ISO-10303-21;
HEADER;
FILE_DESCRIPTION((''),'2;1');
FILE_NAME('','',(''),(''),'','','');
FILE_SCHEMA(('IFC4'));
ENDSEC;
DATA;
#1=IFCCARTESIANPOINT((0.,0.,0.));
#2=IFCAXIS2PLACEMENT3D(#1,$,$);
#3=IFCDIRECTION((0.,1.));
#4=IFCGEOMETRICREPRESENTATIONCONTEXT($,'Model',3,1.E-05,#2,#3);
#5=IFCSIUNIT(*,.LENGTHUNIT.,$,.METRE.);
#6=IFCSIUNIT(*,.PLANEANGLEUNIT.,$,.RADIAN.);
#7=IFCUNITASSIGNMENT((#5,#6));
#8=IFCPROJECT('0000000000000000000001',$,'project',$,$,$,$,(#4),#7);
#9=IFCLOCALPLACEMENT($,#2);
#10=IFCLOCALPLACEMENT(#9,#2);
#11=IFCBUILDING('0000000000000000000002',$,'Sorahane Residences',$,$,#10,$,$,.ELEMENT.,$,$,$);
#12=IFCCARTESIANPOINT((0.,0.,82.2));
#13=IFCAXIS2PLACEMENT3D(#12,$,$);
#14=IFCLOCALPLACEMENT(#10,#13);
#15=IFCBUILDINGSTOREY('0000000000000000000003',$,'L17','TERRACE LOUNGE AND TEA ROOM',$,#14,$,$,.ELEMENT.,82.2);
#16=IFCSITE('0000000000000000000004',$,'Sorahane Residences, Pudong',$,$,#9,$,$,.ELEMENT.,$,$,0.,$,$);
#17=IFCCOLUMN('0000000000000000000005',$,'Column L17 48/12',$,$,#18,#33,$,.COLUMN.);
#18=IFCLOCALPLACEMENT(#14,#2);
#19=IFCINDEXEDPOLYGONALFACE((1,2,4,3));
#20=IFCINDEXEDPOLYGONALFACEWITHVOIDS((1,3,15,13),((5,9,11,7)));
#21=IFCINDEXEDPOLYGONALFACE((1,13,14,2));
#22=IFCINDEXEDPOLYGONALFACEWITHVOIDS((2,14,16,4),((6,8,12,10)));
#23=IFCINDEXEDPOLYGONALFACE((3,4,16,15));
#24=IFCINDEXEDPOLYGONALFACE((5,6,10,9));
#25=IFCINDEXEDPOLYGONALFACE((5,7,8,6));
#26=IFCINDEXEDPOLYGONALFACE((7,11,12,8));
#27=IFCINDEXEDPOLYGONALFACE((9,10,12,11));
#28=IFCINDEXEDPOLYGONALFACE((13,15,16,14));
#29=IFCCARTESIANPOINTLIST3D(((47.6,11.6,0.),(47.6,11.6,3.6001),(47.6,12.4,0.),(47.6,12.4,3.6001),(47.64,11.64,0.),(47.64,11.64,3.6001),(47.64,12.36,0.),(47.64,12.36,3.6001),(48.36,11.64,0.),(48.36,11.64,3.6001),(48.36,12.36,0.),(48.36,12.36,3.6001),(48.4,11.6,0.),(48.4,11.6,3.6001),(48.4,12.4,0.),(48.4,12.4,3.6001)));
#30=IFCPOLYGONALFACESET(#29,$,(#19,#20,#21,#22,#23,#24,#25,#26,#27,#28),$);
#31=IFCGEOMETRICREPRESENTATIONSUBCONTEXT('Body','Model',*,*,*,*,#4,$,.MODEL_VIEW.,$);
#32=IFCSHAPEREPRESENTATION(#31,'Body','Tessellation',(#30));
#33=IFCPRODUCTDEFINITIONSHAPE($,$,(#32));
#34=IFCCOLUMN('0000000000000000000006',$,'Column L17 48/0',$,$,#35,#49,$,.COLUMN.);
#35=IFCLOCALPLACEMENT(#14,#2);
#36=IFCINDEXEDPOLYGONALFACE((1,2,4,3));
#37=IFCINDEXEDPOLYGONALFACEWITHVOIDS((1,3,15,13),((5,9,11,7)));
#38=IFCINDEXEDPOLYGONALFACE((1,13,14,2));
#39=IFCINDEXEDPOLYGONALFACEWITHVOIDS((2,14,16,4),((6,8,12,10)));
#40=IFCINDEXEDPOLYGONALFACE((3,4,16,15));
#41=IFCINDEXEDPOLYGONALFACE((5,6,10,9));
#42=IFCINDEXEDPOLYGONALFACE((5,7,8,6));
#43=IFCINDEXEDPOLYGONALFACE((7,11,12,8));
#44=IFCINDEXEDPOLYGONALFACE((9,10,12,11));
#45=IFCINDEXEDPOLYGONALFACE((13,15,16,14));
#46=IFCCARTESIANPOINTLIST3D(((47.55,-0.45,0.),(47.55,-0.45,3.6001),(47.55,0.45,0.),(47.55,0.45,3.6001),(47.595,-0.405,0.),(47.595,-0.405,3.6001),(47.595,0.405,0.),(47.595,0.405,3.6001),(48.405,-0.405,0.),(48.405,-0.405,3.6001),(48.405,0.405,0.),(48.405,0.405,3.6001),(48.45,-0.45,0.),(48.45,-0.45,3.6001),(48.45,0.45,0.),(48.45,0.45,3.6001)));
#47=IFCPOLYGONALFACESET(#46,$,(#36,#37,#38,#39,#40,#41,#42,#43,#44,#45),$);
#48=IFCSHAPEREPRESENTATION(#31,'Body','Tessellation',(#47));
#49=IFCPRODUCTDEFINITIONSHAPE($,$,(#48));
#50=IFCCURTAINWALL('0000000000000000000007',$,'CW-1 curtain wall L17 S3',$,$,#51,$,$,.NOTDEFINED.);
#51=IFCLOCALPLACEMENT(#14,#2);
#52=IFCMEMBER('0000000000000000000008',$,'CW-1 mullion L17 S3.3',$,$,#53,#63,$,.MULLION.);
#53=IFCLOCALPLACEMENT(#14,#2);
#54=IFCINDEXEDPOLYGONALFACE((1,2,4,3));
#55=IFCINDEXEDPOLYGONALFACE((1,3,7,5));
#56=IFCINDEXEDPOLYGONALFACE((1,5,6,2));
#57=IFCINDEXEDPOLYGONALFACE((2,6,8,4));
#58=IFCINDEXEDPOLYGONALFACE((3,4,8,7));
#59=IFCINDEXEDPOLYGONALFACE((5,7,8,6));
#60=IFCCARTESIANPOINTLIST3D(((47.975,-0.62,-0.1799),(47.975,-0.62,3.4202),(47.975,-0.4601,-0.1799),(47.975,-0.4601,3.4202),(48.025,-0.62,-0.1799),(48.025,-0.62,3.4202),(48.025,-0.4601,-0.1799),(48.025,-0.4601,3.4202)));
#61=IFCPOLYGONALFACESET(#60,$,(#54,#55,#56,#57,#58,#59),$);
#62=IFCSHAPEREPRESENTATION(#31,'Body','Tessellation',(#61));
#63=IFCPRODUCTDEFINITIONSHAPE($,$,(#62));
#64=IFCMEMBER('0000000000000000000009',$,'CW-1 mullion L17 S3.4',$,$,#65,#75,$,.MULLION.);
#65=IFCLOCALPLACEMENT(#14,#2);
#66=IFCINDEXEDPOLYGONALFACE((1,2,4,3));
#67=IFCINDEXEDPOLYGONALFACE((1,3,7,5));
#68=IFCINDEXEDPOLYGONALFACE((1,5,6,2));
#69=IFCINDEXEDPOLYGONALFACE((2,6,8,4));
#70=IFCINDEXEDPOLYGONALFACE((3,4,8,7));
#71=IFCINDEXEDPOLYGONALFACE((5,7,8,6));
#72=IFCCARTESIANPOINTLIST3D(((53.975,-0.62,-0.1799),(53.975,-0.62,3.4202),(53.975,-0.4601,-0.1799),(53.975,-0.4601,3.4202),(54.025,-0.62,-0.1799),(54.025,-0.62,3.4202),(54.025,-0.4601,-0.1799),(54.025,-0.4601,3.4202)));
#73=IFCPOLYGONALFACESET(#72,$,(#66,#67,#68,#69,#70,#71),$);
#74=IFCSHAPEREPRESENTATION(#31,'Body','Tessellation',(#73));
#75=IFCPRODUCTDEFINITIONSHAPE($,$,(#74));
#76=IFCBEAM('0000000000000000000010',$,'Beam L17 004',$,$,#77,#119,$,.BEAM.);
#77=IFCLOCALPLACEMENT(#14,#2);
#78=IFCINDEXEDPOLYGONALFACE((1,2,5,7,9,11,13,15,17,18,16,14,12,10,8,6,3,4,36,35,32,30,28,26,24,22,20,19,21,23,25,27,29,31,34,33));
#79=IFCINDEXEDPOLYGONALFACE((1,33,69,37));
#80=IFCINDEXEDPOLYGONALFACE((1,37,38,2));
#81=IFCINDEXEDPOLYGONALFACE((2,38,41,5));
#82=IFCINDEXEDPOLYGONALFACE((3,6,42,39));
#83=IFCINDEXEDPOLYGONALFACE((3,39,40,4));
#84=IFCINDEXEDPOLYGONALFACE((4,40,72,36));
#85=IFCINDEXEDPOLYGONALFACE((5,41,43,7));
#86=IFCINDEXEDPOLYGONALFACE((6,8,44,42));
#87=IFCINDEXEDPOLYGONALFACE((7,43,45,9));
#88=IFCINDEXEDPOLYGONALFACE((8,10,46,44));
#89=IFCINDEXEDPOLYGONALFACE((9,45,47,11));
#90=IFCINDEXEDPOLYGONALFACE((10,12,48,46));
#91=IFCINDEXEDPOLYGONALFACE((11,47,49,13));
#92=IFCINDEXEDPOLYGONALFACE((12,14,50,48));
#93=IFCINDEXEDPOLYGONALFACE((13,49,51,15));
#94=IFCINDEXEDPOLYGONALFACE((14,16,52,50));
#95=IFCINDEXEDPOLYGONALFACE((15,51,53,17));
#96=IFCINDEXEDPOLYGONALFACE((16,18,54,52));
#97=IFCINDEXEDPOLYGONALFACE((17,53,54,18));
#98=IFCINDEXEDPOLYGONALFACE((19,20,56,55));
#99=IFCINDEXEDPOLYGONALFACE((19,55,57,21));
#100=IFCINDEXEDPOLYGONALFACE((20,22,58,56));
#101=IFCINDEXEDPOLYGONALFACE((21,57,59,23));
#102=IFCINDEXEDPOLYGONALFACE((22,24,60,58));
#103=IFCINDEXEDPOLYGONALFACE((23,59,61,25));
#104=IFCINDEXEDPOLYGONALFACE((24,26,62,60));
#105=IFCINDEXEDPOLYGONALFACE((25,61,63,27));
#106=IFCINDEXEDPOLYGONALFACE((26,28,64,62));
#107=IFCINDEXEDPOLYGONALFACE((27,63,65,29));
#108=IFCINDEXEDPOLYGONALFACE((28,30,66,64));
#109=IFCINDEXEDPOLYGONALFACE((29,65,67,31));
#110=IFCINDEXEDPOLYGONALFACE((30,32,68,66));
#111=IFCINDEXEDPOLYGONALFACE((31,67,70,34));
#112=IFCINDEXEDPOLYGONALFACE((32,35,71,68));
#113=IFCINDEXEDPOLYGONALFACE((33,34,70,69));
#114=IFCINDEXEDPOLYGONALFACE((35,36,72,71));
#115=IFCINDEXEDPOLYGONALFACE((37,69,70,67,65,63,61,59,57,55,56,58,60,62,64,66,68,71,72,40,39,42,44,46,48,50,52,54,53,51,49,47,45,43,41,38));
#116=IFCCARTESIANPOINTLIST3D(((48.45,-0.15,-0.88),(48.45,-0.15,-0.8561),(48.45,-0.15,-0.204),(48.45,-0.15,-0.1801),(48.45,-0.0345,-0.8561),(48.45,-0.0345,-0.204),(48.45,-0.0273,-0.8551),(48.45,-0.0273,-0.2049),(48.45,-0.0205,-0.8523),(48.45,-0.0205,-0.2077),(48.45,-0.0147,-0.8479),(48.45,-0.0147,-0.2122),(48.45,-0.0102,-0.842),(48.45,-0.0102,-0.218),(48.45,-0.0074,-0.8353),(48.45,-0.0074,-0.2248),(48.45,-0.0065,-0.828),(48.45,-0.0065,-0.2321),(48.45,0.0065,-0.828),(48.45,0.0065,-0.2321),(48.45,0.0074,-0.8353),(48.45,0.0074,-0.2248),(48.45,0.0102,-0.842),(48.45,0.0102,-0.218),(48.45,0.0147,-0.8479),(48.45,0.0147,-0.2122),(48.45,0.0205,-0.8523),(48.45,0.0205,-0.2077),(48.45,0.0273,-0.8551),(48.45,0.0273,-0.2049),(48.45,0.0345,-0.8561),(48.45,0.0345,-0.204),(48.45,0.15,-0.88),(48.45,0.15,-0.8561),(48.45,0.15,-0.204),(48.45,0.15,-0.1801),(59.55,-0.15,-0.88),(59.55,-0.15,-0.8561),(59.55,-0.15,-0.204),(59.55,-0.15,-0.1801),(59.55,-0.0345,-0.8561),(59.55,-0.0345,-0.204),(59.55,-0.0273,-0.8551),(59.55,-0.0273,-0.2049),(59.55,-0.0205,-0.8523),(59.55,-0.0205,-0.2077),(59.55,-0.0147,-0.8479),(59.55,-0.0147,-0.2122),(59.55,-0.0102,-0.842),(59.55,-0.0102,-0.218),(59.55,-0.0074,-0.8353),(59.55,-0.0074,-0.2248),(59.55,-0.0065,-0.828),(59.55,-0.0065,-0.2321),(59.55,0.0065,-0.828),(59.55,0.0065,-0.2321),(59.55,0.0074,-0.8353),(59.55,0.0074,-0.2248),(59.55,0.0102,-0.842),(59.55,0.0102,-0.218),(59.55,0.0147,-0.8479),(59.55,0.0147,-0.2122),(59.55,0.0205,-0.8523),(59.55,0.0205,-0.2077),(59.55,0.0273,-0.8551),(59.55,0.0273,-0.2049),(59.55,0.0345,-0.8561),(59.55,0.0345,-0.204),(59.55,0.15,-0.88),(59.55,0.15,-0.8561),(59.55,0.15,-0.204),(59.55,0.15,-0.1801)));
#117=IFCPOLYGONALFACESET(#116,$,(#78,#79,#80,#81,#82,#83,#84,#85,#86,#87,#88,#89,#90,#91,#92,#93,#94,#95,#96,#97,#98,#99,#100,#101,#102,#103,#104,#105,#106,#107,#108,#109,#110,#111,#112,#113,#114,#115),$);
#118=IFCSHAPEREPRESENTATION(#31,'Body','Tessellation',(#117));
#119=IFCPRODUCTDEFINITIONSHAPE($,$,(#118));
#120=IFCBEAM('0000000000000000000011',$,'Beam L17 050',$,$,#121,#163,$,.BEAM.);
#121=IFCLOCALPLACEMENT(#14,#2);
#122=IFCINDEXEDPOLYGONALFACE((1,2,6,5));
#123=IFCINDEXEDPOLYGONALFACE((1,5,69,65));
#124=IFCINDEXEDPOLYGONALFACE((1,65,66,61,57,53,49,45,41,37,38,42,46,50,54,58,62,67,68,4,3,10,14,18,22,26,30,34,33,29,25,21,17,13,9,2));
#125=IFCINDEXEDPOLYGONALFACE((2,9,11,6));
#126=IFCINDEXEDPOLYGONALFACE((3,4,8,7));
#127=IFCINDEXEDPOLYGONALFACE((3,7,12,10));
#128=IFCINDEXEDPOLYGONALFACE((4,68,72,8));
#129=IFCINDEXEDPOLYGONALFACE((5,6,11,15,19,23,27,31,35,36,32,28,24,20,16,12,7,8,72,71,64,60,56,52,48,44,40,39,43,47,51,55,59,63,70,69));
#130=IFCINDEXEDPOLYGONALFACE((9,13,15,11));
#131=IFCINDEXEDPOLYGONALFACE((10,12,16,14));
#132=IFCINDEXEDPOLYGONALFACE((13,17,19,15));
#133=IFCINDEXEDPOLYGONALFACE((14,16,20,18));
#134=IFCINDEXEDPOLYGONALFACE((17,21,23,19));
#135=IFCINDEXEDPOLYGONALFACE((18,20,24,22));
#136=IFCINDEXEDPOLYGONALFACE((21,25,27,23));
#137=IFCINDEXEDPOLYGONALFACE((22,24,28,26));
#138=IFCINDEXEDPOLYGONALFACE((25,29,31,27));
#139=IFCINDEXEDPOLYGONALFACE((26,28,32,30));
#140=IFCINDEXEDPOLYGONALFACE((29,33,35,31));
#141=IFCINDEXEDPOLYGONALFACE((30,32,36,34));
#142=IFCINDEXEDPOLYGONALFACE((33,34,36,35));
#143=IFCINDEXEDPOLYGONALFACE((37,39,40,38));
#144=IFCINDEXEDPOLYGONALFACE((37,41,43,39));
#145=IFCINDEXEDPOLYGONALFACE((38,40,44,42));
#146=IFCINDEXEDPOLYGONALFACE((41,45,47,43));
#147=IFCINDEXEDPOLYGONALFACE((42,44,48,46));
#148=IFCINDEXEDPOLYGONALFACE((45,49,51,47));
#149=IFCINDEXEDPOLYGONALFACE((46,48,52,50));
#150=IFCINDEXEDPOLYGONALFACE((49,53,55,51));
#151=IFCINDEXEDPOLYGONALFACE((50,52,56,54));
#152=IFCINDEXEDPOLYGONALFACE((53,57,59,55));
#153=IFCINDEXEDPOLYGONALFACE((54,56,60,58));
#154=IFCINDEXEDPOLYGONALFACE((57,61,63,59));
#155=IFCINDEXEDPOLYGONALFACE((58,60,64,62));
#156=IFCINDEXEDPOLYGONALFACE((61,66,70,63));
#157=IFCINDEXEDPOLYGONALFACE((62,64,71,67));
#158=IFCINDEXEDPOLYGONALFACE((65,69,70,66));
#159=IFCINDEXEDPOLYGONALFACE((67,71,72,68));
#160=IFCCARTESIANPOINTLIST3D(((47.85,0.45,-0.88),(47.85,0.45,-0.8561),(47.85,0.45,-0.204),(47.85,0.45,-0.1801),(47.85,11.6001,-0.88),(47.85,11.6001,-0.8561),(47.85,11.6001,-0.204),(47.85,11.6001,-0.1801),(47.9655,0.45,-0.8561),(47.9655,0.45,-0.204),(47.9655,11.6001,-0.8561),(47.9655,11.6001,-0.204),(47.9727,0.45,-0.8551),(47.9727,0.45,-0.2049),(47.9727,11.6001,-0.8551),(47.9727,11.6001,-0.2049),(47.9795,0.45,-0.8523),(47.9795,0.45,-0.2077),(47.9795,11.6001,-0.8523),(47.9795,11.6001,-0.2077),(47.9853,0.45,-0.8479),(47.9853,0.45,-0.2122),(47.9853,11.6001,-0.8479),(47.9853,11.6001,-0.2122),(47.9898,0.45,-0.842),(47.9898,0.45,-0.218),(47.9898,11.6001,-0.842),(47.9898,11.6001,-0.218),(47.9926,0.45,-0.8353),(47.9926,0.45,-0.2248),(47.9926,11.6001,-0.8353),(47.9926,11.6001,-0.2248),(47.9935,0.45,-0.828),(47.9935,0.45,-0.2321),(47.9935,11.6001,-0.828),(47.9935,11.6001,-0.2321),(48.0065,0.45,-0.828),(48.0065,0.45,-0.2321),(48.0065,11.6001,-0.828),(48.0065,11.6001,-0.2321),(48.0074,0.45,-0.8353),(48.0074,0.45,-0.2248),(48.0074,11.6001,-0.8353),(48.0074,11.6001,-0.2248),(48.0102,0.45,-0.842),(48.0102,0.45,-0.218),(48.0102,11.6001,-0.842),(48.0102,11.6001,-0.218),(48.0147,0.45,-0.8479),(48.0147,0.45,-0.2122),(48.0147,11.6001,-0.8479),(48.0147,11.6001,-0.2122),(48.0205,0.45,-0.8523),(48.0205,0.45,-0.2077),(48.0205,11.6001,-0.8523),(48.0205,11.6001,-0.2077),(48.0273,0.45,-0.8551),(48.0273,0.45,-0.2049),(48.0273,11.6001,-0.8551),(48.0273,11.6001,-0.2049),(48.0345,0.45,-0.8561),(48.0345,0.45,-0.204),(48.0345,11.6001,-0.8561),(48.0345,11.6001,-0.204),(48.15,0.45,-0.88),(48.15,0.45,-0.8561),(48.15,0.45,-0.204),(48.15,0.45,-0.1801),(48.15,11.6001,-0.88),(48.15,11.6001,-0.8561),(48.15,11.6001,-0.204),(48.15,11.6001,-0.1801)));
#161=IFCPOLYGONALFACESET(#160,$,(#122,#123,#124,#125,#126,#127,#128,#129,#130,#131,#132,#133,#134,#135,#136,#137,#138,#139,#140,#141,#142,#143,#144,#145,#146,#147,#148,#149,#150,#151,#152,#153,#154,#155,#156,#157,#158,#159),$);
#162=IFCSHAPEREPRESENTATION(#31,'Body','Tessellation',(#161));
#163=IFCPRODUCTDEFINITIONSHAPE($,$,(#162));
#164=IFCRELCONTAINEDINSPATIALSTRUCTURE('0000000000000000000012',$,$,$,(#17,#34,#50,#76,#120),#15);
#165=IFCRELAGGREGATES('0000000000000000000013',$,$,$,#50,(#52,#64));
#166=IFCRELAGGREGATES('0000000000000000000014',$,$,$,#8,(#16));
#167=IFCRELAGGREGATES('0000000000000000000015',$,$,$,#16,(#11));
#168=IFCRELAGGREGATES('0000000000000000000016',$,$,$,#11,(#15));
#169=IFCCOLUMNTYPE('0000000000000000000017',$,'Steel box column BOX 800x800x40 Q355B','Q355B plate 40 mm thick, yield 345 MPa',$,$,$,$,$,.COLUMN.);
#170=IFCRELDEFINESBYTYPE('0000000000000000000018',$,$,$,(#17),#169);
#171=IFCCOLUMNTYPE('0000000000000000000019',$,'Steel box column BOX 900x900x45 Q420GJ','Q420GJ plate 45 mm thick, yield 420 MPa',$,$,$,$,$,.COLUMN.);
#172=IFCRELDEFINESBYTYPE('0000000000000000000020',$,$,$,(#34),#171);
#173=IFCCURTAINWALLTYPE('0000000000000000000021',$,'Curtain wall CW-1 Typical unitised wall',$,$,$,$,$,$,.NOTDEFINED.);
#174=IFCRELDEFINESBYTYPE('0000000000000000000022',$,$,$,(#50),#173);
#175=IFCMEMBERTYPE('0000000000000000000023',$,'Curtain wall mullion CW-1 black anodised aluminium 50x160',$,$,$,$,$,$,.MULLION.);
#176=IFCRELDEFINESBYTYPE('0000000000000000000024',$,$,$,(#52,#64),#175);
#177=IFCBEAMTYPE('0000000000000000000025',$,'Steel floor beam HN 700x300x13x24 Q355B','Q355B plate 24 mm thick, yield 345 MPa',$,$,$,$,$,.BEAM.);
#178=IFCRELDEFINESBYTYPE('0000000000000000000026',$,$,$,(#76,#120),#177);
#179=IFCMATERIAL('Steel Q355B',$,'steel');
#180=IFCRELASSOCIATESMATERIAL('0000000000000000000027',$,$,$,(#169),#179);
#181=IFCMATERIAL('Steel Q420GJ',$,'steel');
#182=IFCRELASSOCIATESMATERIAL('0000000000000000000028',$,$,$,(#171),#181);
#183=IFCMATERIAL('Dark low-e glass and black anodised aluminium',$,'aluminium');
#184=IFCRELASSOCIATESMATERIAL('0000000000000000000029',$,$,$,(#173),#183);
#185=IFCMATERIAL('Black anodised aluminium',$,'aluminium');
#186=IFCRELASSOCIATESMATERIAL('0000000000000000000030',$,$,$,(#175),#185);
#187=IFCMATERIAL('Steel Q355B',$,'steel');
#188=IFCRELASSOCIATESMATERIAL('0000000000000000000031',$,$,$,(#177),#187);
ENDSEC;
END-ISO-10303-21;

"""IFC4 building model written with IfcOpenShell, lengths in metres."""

from ifc_helpers import new_model, si_unit, direction, frame, origin, origin_2d, place, context, subcontext, project, spatial, rectangle, hollow_rectangle, i_section, extrude, material, material_profile, profile_set, type_object, element, aggregate, save


model = new_model("IFC4")

# Units and contexts
model_context = context("Model", 3, precision=1e-05, world=origin(), true_north=direction((0.0, 1.0)))
body_context = subcontext(model_context, "Body", "Model", "MODEL_VIEW")
ifc_project = project(units=[si_unit("LENGTHUNIT", "METRE"), si_unit("PLANEANGLEUNIT", "RADIAN")], contexts=[model_context])

# Site, building, storey
site_placement = place(None, origin())
site = spatial("IfcSite", under=ifc_project, at=site_placement, Name="Sorahane Residences, Pudong", CompositionType="ELEMENT", RefElevation=0.0)
building_placement = place(site_placement, origin())
building = spatial("IfcBuilding", under=site, at=building_placement, Name="Sorahane Residences", CompositionType="ELEMENT")
storey_placement = place(building_placement, frame((0.0, 0.0, 82.2)))
storey = spatial("IfcBuildingStorey", under=building, at=storey_placement, Name="L17", Description="TERRACE LOUNGE AND TEA ROOM", CompositionType="ELEMENT", Elevation=82.2)

# Columns
ifc_material_1 = material(Name="Steel Q355B", Category="steel")
ifc_material_profile_1 = material_profile(ifc_material_1, hollow_rectangle(XDim=0.8, YDim=0.8, WallThickness=0.04, at=origin_2d()), Name="BOX 800x800x40")
ifc_profile_set_1 = profile_set([ifc_material_profile_1], Name="Steel Q355B")
column_type_1 = type_object("IfcColumnType", Name="Steel box column BOX 800x800x40 Q355B", Description="Q355B plate 40 mm thick, yield 345 MPa", PredefinedType="COLUMN", material=ifc_profile_set_1)
column_1_placement = place(storey_placement, frame((48.0, 12.0, 0.0), z_axis=(0.0, 0.0, 1.0), x_axis=(1.0, 0.0, 0.0)))
element("IfcColumn", 1, at=column_1_placement, inside=storey, type_object=column_type_1, Name="Column L17 48/12", PredefinedType="COLUMN", context=body_context, shape_type="SweptSolid", body=[
    extrude(hollow_rectangle(XDim=0.8, YDim=0.8, WallThickness=0.04, at=origin_2d()), origin(), (0.0, 0.0, 1.0), 3.6001),
])
ifc_material_2 = material(Name="Steel Q420GJ", Category="steel")
ifc_material_profile_2 = material_profile(ifc_material_2, hollow_rectangle(XDim=0.8999, YDim=0.8999, WallThickness=0.0449, at=origin_2d()), Name="BOX 900x900x45")
ifc_profile_set_2 = profile_set([ifc_material_profile_2], Name="Steel Q420GJ")
column_type_2 = type_object("IfcColumnType", Name="Steel box column BOX 900x900x45 Q420GJ", Description="Q420GJ plate 45 mm thick, yield 420 MPa", PredefinedType="COLUMN", material=ifc_profile_set_2)
column_2_placement = place(storey_placement, frame((48.0, 0.0, 0.0), z_axis=(0.0, 0.0, 1.0), x_axis=(1.0, 0.0, 0.0)))
element("IfcColumn", 2, at=column_2_placement, inside=storey, type_object=column_type_2, Name="Column L17 48/0", PredefinedType="COLUMN", context=body_context, shape_type="SweptSolid", body=[
    extrude(hollow_rectangle(XDim=0.8999, YDim=0.8999, WallThickness=0.0449, at=origin_2d()), origin(), (0.0, 0.0, 1.0), 3.6001),
])

# Curtain wall, members
ifc_material_3 = material(Name="Dark low-e glass and black anodised aluminium", Category="aluminium")
curtain_wall_type = type_object("IfcCurtainWallType", Name="Curtain wall CW-1 Typical unitised wall", PredefinedType="NOTDEFINED", material=ifc_material_3)
curtain_wall_placement = place(storey_placement, origin())
curtain_wall = element("IfcCurtainWall", 3, at=curtain_wall_placement, inside=storey, type_object=curtain_wall_type, Name="CW-1 curtain wall L17 S3", PredefinedType="NOTDEFINED")
ifc_material_4 = material(Name="Black anodised aluminium", Category="aluminium")
ifc_material_profile_3 = material_profile(ifc_material_4, rectangle(XDim=0.1599, YDim=0.05, at=origin_2d()), Name="Curtain wall mullion CW-1 black anodised aluminium 50x160")
ifc_profile_set_3 = profile_set([ifc_material_profile_3], Name="Black anodised aluminium")
member_type = type_object("IfcMemberType", Name="Curtain wall mullion CW-1 black anodised aluminium 50x160", PredefinedType="MULLION", material=ifc_profile_set_3)
member_1_placement = place(storey_placement, frame((48.0, -0.54, -0.1799), z_axis=(0.0, 0.0, 1.0), x_axis=(0.0, -1.0, 0.0)))
member_1 = element("IfcMember", 4, at=member_1_placement, type_object=member_type, Name="CW-1 mullion L17 S3.3", PredefinedType="MULLION", context=body_context, shape_type="SweptSolid", body=[
    extrude(rectangle(XDim=0.1599, YDim=0.05, at=origin_2d()), origin(), (0.0, 0.0, 1.0), 3.6001),
])
member_2_placement = place(storey_placement, frame((54.0, -0.54, -0.1799), z_axis=(0.0, 0.0, 1.0), x_axis=(0.0, -1.0, 0.0)))
member_2 = element("IfcMember", 5, at=member_2_placement, type_object=member_type, Name="CW-1 mullion L17 S3.4", PredefinedType="MULLION", context=body_context, shape_type="SweptSolid", body=[
    extrude(rectangle(XDim=0.1599, YDim=0.05, at=origin_2d()), origin(), (0.0, 0.0, 1.0), 3.6001),
])

# Beams
ifc_material_5 = material(Name="Steel Q355B", Category="steel")
ifc_material_profile_4 = material_profile(ifc_material_5, i_section(OverallWidth=0.3, OverallDepth=0.7, WebThickness=0.0129, FlangeThickness=0.0239, FilletRadius=0.0281, at=origin_2d()), Name="HN 700x300x13x24")
ifc_profile_set_4 = profile_set([ifc_material_profile_4], Name="Steel Q355B")
beam_type_1 = type_object("IfcBeamType", Name="Steel floor beam HN 700x300x13x24 Q355B", Description="Q355B plate 24 mm thick, yield 345 MPa", PredefinedType="BEAM", material=ifc_profile_set_4)
beam_1_placement = place(storey_placement, frame((48.45, 0.0, -0.53), z_axis=(1.0, 0.0, 0.0), x_axis=(0.0, 1.0, 0.0)))
element("IfcBeam", 6, at=beam_1_placement, inside=storey, type_object=beam_type_1, Name="Beam L17 004", PredefinedType="BEAM", context=body_context, shape_type="SweptSolid", body=[
    extrude(i_section(OverallWidth=0.3, OverallDepth=0.7, WebThickness=0.0129, FlangeThickness=0.0239, FilletRadius=0.0281, at=origin_2d()), origin(), (0.0, 0.0, 1.0), 11.1001),
])
beam_2_placement = place(storey_placement, frame((48.0, 0.45, -0.53), z_axis=(0.0, 1.0, 0.0), x_axis=(-1.0, 0.0, 0.0)))
element("IfcBeam", 7, at=beam_2_placement, inside=storey, type_object=beam_type_1, Name="Beam L17 050", PredefinedType="BEAM", context=body_context, shape_type="SweptSolid", body=[
    extrude(i_section(OverallWidth=0.3, OverallDepth=0.7, WebThickness=0.0129, FlangeThickness=0.0239, FilletRadius=0.0281, at=origin_2d()), origin(), (0.0, 0.0, 1.0), 11.1501),
])

aggregate(curtain_wall, [member_1, member_2])

save(model, "model.ifc")
